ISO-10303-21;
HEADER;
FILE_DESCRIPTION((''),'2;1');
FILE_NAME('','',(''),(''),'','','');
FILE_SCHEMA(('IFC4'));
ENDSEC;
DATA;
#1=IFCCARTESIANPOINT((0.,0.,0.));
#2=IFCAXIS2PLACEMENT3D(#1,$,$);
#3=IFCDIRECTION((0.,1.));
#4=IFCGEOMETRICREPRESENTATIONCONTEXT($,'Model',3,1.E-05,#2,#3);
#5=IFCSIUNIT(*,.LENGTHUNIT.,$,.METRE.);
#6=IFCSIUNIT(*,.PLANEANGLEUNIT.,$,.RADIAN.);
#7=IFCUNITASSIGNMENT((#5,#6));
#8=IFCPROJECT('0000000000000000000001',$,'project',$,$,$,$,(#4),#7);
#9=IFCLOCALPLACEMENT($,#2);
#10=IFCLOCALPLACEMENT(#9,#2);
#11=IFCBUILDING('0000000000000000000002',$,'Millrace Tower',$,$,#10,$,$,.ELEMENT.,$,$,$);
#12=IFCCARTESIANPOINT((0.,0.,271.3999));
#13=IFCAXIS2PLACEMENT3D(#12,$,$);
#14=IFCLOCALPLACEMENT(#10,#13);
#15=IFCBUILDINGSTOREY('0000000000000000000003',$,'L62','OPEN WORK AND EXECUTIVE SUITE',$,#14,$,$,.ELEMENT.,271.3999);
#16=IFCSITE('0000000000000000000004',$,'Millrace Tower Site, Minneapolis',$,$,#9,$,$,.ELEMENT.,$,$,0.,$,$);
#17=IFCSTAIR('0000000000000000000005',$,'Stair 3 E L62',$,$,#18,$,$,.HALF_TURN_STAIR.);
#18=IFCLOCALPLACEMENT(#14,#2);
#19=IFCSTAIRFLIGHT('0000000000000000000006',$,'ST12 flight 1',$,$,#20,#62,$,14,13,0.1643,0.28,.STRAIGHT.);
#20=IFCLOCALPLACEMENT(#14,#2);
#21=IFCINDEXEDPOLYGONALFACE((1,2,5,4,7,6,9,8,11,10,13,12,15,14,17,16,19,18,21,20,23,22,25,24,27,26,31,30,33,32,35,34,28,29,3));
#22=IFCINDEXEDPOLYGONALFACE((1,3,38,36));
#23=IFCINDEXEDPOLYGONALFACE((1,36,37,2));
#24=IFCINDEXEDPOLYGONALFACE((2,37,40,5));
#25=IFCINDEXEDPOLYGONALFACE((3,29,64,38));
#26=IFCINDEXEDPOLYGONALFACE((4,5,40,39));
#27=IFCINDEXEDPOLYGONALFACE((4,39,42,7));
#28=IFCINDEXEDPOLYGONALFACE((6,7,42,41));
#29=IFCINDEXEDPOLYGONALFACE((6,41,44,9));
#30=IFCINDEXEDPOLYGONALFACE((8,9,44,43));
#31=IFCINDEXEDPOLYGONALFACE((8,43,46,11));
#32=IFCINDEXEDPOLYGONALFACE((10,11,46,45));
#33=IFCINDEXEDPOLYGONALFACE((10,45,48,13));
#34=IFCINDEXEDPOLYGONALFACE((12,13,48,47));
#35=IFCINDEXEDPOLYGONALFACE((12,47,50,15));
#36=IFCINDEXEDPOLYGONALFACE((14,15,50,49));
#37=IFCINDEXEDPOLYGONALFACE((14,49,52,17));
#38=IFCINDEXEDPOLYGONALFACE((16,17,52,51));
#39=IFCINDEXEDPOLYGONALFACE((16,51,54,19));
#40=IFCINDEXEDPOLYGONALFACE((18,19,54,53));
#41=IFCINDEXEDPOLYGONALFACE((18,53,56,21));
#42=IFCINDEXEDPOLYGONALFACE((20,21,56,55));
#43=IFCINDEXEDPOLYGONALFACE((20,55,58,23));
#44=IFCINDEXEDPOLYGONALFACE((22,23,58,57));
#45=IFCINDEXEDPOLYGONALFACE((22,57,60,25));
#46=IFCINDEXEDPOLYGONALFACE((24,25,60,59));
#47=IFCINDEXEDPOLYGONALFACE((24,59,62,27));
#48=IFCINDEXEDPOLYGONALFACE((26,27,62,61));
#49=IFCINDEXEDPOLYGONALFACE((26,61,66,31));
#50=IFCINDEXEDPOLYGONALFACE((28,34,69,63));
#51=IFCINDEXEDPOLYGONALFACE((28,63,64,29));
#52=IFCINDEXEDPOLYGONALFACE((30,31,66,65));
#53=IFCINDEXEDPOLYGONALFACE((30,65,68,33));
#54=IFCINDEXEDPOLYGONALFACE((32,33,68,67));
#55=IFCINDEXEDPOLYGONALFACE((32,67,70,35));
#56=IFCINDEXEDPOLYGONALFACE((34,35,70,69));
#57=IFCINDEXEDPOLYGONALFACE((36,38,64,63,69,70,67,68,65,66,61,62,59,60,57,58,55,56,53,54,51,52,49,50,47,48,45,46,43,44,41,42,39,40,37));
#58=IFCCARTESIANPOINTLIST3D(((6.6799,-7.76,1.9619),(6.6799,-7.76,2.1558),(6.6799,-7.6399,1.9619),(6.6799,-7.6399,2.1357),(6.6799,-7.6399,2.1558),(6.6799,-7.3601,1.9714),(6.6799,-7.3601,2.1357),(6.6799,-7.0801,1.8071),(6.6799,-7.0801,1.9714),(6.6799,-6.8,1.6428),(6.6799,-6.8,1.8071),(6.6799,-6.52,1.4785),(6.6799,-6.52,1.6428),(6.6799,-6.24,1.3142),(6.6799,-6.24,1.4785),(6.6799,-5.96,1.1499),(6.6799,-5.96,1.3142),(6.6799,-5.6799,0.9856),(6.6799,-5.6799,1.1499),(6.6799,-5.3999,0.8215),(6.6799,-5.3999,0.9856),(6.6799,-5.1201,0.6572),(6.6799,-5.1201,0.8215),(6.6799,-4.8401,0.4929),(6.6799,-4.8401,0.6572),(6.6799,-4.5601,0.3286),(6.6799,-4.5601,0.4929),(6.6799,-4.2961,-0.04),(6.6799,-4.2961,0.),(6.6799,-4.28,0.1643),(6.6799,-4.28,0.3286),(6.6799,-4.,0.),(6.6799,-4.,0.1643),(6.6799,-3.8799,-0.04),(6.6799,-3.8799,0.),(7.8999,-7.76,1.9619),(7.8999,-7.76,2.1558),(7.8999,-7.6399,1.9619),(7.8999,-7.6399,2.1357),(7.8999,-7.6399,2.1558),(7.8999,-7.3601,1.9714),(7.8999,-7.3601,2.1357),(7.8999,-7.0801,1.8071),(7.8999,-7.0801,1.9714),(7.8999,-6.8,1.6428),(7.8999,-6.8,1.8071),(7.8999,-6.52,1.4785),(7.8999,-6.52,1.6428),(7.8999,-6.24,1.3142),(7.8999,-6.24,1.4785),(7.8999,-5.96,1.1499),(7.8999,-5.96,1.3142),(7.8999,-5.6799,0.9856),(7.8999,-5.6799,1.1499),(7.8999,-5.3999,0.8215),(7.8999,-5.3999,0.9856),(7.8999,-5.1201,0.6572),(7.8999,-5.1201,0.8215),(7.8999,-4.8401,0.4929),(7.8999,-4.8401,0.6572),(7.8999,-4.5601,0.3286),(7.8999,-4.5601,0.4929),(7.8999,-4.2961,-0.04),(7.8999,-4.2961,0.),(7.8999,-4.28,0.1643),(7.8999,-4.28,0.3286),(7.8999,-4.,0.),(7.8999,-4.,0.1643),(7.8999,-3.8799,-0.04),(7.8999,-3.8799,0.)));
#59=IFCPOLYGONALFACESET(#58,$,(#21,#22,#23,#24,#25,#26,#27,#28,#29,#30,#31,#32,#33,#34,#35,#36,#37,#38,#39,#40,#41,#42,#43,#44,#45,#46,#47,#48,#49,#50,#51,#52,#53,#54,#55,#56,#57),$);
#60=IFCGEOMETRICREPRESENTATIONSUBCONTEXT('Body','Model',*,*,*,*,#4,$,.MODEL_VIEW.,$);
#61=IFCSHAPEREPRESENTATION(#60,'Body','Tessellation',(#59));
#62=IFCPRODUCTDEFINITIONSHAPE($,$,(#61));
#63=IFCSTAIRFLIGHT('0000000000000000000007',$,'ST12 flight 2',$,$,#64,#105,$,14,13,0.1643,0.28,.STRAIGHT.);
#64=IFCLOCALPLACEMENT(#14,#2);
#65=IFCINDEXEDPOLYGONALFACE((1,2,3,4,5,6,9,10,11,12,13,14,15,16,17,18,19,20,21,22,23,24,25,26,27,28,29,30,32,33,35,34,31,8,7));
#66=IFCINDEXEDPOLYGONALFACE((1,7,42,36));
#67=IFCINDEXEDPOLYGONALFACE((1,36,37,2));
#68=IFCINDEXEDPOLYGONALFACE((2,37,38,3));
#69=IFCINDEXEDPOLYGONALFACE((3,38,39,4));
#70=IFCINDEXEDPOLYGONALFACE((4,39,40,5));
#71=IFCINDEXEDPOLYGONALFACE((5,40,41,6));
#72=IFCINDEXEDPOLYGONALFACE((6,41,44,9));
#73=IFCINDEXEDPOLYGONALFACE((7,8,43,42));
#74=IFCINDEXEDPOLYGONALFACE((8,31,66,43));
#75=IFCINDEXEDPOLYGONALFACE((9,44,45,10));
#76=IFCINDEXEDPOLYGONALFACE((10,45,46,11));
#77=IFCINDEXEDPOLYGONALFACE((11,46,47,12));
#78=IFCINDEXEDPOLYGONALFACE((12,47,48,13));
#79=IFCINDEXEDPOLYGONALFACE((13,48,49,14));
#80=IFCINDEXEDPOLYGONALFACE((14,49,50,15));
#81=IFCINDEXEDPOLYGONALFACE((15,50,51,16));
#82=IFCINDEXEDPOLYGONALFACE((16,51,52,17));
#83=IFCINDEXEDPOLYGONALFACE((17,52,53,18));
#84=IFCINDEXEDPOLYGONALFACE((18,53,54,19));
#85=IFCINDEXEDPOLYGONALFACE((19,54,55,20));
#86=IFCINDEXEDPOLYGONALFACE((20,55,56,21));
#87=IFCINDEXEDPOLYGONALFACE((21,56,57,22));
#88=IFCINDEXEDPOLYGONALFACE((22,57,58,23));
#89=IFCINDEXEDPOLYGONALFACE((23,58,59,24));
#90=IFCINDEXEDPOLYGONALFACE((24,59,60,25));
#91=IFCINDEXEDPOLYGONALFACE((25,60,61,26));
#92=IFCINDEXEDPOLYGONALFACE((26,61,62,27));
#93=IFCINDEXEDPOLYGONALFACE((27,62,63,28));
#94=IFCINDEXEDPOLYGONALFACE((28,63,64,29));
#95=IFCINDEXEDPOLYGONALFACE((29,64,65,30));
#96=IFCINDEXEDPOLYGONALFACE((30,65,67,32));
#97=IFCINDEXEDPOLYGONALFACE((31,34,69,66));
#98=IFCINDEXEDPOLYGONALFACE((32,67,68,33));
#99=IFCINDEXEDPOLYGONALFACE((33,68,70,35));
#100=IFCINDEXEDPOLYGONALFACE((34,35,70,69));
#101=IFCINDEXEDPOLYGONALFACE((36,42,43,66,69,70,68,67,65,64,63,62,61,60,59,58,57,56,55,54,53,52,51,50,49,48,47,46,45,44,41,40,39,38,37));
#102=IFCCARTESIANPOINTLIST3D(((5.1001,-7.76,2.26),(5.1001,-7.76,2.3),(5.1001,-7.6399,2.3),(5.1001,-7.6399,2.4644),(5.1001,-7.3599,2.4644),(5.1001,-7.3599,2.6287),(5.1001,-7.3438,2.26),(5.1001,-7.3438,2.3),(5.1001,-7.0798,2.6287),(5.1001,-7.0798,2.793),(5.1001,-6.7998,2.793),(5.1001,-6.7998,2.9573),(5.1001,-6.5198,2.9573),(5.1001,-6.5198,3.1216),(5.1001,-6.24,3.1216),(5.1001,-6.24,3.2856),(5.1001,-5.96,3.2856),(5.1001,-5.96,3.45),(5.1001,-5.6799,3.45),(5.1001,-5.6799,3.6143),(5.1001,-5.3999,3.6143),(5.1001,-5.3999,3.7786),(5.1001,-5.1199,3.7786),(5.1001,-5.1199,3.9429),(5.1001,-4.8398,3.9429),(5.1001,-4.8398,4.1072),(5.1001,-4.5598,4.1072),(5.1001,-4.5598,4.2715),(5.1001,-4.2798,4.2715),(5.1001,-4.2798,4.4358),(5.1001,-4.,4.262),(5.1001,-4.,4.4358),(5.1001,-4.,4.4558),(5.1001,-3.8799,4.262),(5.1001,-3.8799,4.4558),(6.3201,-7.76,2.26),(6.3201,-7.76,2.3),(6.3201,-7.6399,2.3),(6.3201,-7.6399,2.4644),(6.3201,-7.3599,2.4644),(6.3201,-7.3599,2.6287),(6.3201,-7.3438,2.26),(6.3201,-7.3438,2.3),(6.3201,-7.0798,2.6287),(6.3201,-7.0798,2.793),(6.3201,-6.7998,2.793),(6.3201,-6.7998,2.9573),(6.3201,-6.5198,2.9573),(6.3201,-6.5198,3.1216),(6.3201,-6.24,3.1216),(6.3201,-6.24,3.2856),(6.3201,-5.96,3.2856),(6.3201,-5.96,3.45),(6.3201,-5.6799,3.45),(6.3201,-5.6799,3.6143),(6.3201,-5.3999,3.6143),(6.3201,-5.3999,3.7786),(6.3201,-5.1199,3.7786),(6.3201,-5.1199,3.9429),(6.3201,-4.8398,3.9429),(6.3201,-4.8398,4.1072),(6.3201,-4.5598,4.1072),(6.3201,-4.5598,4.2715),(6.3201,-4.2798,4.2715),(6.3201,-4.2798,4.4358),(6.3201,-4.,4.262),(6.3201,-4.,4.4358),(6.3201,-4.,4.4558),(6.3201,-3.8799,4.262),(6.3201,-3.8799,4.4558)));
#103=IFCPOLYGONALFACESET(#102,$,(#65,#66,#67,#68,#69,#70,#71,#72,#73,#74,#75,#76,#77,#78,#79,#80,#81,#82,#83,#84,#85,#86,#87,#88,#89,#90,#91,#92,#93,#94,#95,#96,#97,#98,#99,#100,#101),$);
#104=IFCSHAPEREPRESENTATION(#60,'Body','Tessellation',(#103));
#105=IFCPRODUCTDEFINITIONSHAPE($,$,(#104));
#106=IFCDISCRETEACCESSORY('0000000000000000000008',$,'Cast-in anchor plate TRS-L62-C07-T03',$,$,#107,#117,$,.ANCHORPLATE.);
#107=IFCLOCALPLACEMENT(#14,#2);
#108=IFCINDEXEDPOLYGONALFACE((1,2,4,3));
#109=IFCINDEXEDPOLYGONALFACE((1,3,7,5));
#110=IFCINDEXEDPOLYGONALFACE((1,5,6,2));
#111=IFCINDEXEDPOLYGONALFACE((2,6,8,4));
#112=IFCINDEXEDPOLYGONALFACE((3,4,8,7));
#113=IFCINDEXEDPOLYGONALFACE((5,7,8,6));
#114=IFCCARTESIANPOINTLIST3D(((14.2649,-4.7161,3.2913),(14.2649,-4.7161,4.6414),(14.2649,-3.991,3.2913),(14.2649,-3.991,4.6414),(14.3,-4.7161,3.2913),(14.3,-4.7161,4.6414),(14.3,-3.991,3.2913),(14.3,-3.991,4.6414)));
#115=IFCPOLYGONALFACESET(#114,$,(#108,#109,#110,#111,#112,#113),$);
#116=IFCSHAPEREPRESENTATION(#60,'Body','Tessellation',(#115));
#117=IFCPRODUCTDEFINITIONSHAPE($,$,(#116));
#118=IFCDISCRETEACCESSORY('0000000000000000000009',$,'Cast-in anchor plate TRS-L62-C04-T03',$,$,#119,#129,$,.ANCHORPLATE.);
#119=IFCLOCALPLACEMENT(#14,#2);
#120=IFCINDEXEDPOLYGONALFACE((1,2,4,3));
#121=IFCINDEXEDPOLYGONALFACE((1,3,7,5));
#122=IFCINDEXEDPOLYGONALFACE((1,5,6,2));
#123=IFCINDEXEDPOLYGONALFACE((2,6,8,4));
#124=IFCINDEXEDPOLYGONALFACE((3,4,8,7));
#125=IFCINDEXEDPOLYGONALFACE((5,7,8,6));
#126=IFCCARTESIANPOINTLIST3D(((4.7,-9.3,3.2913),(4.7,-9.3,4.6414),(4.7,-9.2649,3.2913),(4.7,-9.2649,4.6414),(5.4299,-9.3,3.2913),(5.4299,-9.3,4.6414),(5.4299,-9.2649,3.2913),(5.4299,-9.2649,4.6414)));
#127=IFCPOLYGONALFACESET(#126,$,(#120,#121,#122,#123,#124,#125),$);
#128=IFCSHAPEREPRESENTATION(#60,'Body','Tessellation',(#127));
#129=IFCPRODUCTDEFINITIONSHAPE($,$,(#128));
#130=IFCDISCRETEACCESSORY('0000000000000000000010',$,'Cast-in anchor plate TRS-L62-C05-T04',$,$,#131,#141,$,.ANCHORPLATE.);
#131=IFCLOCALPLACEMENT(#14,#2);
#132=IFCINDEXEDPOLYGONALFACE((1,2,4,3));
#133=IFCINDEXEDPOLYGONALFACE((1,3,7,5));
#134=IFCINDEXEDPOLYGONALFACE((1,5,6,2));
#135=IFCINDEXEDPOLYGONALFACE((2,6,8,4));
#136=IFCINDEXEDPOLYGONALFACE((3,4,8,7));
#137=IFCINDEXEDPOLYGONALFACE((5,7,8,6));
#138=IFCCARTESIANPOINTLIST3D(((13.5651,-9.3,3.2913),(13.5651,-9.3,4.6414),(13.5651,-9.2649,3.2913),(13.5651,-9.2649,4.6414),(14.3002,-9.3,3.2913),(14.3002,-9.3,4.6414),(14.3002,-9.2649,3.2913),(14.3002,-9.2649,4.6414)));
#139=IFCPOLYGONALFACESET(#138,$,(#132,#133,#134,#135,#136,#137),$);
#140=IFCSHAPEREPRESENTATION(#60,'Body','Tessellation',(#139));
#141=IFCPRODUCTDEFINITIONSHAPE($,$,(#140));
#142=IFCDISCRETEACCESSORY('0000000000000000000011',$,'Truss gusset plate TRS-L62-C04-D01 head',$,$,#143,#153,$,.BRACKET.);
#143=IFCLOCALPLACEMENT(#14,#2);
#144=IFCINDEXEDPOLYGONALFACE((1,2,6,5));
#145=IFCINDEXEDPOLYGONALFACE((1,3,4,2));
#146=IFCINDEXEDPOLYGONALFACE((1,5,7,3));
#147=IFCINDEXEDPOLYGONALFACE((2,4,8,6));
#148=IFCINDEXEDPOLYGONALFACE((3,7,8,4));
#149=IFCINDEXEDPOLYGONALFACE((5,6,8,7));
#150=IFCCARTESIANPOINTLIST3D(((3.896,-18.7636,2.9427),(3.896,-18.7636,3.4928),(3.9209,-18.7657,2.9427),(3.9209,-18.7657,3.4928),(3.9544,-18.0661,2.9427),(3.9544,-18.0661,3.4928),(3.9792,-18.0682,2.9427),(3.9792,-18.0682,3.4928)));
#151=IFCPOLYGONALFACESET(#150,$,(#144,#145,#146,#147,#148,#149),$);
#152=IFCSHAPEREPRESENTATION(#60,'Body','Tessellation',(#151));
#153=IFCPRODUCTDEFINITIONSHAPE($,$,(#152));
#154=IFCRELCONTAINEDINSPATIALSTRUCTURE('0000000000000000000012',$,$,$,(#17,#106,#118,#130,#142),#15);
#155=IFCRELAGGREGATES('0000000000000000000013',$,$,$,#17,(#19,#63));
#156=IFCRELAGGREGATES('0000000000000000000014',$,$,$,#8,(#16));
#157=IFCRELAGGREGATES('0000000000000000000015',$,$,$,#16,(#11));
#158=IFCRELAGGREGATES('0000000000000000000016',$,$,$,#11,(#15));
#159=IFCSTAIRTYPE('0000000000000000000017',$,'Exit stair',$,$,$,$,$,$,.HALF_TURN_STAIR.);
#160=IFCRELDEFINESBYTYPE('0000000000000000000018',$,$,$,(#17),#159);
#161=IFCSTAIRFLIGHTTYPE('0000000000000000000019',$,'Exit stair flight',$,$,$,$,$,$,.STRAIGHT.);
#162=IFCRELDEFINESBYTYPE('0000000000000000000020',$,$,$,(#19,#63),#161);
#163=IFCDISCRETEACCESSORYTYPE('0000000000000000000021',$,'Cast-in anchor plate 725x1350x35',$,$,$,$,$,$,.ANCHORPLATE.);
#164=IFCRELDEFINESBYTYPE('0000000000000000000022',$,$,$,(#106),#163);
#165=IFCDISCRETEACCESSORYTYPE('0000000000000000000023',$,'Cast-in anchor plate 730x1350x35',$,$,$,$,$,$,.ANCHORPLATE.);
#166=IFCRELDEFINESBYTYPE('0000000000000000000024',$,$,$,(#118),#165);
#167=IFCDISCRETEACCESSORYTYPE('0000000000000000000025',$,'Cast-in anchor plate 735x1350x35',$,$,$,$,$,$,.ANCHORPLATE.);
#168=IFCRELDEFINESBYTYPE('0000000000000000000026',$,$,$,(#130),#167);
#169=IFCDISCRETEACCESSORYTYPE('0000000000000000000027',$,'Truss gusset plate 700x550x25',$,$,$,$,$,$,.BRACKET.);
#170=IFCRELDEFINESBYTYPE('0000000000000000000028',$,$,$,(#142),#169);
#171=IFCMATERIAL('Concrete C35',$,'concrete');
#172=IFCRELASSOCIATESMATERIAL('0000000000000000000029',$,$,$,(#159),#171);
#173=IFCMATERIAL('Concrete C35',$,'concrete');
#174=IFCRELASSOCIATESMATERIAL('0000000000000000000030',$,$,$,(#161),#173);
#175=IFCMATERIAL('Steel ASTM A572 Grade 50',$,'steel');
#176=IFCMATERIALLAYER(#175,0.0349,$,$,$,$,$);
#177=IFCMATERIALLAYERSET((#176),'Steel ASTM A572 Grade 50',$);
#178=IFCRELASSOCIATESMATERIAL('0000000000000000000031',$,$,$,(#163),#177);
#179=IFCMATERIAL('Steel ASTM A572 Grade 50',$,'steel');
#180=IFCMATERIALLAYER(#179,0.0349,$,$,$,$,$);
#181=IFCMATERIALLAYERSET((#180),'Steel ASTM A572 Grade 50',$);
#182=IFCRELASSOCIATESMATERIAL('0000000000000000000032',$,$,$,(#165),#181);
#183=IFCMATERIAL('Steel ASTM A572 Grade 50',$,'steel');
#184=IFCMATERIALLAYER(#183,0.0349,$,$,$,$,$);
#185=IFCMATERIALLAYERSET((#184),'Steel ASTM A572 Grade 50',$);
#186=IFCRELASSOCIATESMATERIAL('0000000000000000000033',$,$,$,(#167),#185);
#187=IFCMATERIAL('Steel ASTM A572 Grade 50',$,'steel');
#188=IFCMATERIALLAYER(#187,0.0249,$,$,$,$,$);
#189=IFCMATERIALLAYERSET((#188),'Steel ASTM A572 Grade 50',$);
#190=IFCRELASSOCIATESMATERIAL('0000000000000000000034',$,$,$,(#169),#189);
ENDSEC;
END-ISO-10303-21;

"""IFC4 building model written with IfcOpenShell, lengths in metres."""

from ifc_helpers import new_model, si_unit, direction, frame, origin, origin_2d, place, context, subcontext, project, spatial, polyline, rectangle, outline, extrude, material, layer, layer_set, type_object, element, aggregate, save


model = new_model("IFC4")

# Units and contexts
model_context = context("Model", 3, precision=1e-05, world=origin(), true_north=direction((0.0, 1.0)))
body_context = subcontext(model_context, "Body", "Model", "MODEL_VIEW")
ifc_project = project(units=[si_unit("LENGTHUNIT", "METRE"), si_unit("PLANEANGLEUNIT", "RADIAN")], contexts=[model_context])

# Site, building, storey
site_placement = place(None, origin())
site = spatial("IfcSite", under=ifc_project, at=site_placement, Name="Millrace Tower Site, Minneapolis", CompositionType="ELEMENT", RefElevation=0.0)
building_placement = place(site_placement, origin())
building = spatial("IfcBuilding", under=site, at=building_placement, Name="Millrace Tower", CompositionType="ELEMENT")
storey_placement = place(building_placement, frame((0.0, 0.0, 271.3999)))
storey = spatial("IfcBuildingStorey", under=building, at=storey_placement, Name="L62", Description="OPEN WORK AND EXECUTIVE SUITE", CompositionType="ELEMENT", Elevation=271.3999)

# Shared definitions
placement = place(storey_placement, origin())

# Shared definitions
ifc_material_1 = material(Name="Concrete C35", Category="concrete")
stair_type = type_object("IfcStairType", Name="Exit stair", PredefinedType="HALF_TURN_STAIR", material=ifc_material_1)
ifc_material_2 = material(Name="Concrete C35", Category="concrete")
stair_flight_type = type_object("IfcStairFlightType", Name="Exit stair flight", PredefinedType="STRAIGHT", material=ifc_material_2)

# Stair, stair flights
stair_1 = element("IfcStair", 1, at=placement, inside=storey, type_object=stair_type, Name="Stair 3 E L62", PredefinedType="HALF_TURN_STAIR")
stair_flight_1_placement = place(storey_placement, frame((7.29, -4.0, 0.0), z_axis=(0.0, 0.0, 1.0), x_axis=(0.0, -1.0, 0.0)))
stair_flight_1 = element("IfcStairFlight", 2, at=stair_flight_1_placement, type_object=stair_flight_type, Name="ST12 flight 1", NumberOfRisers=14, NumberOfTreads=13, PredefinedType="STRAIGHT", RiserHeight=0.1643, TreadLength=0.28, context=body_context, shape_type="SweptSolid", body=[
    extrude(outline(polyline([(-0.1201, -0.04), (-0.1201, 0.0), (0.0, 0.0), (0.0, 0.1643), (0.28, 0.1643), (0.28, 0.3286), (0.5601, 0.3286), (0.5601, 0.4929), (0.8401, 0.4929), (0.8401, 0.6572), (1.1201, 0.6572), (1.1201, 0.8215), (1.3999, 0.8215), (1.3999, 0.9856), (1.6799, 0.9856), (1.6799, 1.1499), (1.96, 1.1499), (1.96, 1.3142), (2.24, 1.3142), (2.24, 1.4785), (2.52, 1.4785), (2.52, 1.6428), (2.8, 1.6428), (2.8, 1.8071), (3.0801, 1.8071), (3.0801, 1.9714), (3.3601, 1.9714), (3.3601, 2.1357), (3.6399, 2.1357), (3.6399, 2.1558), (3.76, 2.1558), (3.76, 1.9619), (3.6399, 1.9619), (0.2961, 0.0), (0.2961, -0.04), (-0.1201, -0.04)])), frame((0.0, 0.6099, 0.0), z_axis=(0.0, -1.0, 0.0), x_axis=(1.0, 0.0, 0.0)), (0.0, 0.0, 1.0), 1.22),
])
stair_flight_2_placement = place(storey_placement, frame((5.71, -7.6399, 2.3), z_axis=(0.0, 0.0, 1.0), x_axis=(0.0, 1.0, 0.0)))
stair_flight_2 = element("IfcStairFlight", 3, at=stair_flight_2_placement, type_object=stair_flight_type, Name="ST12 flight 2", NumberOfRisers=14, NumberOfTreads=13, PredefinedType="STRAIGHT", RiserHeight=0.1643, TreadLength=0.28, context=body_context, shape_type="SweptSolid", body=[
    extrude(outline(polyline([(-0.1201, -0.04), (-0.1201, 0.0), (0.0, 0.0), (0.0, 0.1643), (0.28, 0.1643), (0.28, 0.3286), (0.5601, 0.3286), (0.5601, 0.4929), (0.8401, 0.4929), (0.8401, 0.6572), (1.1201, 0.6572), (1.1201, 0.8215), (1.3999, 0.8215), (1.3999, 0.9856), (1.6799, 0.9856), (1.6799, 1.1499), (1.96, 1.1499), (1.96, 1.3142), (2.24, 1.3142), (2.24, 1.4785), (2.52, 1.4785), (2.52, 1.6428), (2.8, 1.6428), (2.8, 1.8071), (3.0801, 1.8071), (3.0801, 1.9714), (3.3601, 1.9714), (3.3601, 2.1357), (3.6399, 2.1357), (3.6399, 2.1558), (3.76, 2.1558), (3.76, 1.9619), (3.6399, 1.9619), (0.2961, 0.0), (0.2961, -0.04), (-0.1201, -0.04)])), frame((0.0, 0.6099, 0.0), z_axis=(0.0, -1.0, 0.0), x_axis=(1.0, 0.0, 0.0)), (0.0, 0.0, 1.0), 1.22),
])
aggregate(stair_1, [stair_flight_1, stair_flight_2])

# Discrete accessories
ifc_material_3 = material(Name="Steel ASTM A572 Grade 50", Category="steel")
ifc_layer_1 = layer(ifc_material_3, 0.0349)
ifc_layer_set_1 = layer_set([ifc_layer_1], Name="Steel ASTM A572 Grade 50")
discrete_accessory_type_1 = type_object("IfcDiscreteAccessoryType", Name="Cast-in anchor plate 725x1350x35", PredefinedType="ANCHORPLATE", material=ifc_layer_set_1)
discrete_accessory_1_placement = place(storey_placement, frame((14.2649, -4.3535, 3.9663), z_axis=(1.0, 0.0, 0.0), x_axis=(0.0, 1.0, 0.0)))
element("IfcDiscreteAccessory", 4, at=discrete_accessory_1_placement, inside=storey, type_object=discrete_accessory_type_1, Name="Cast-in anchor plate TRS-L62-C07-T03", PredefinedType="ANCHORPLATE", context=body_context, shape_type="SweptSolid", body=[
    extrude(rectangle(XDim=0.7251, YDim=1.3501, at=origin_2d()), origin(), (0.0, 0.0, 1.0), 0.0352),
])
ifc_material_4 = material(Name="Steel ASTM A572 Grade 50", Category="steel")
ifc_layer_2 = layer(ifc_material_4, 0.0349)
ifc_layer_set_2 = layer_set([ifc_layer_2], Name="Steel ASTM A572 Grade 50")
discrete_accessory_type_2 = type_object("IfcDiscreteAccessoryType", Name="Cast-in anchor plate 730x1350x35", PredefinedType="ANCHORPLATE", material=ifc_layer_set_2)
discrete_accessory_2_placement = place(storey_placement, frame((5.0649, -9.2649, 3.9663), z_axis=(0.0, -1.0, 0.0), x_axis=(1.0, 0.0, 0.0)))
element("IfcDiscreteAccessory", 5, at=discrete_accessory_2_placement, inside=storey, type_object=discrete_accessory_type_2, Name="Cast-in anchor plate TRS-L62-C04-T03", PredefinedType="ANCHORPLATE", context=body_context, shape_type="SweptSolid", body=[
    extrude(rectangle(XDim=0.73, YDim=1.3501, at=origin_2d()), origin(), (0.0, 0.0, 1.0), 0.0352),
])
ifc_material_5 = material(Name="Steel ASTM A572 Grade 50", Category="steel")
ifc_layer_3 = layer(ifc_material_5, 0.0349)
ifc_layer_set_3 = layer_set([ifc_layer_3], Name="Steel ASTM A572 Grade 50")
discrete_accessory_type_3 = type_object("IfcDiscreteAccessoryType", Name="Cast-in anchor plate 735x1350x35", PredefinedType="ANCHORPLATE", material=ifc_layer_set_3)
discrete_accessory_3_placement = place(storey_placement, frame((13.9326, -9.2649, 3.9663), z_axis=(0.0, -1.0, 0.0), x_axis=(1.0, 0.0, 0.0)))
element("IfcDiscreteAccessory", 6, at=discrete_accessory_3_placement, inside=storey, type_object=discrete_accessory_type_3, Name="Cast-in anchor plate TRS-L62-C05-T04", PredefinedType="ANCHORPLATE", context=body_context, shape_type="SweptSolid", body=[
    extrude(rectangle(XDim=0.7351, YDim=1.3501, at=origin_2d()), origin(), (0.0, 0.0, 1.0), 0.0352),
])
ifc_material_6 = material(Name="Steel ASTM A572 Grade 50", Category="steel")
ifc_layer_4 = layer(ifc_material_6, 0.0249)
ifc_layer_set_4 = layer_set([ifc_layer_4], Name="Steel ASTM A572 Grade 50")
discrete_accessory_type_4 = type_object("IfcDiscreteAccessoryType", Name="Truss gusset plate 700x550x25", PredefinedType="BRACKET", material=ifc_layer_set_4)
discrete_accessory_4_placement = place(storey_placement, frame((3.9084, -18.7646, 3.2178), z_axis=(0.083363, 0.996519, 0.0), x_axis=(-0.996519, 0.083363, 0.0)))
element("IfcDiscreteAccessory", 7, at=discrete_accessory_4_placement, inside=storey, type_object=discrete_accessory_type_4, Name="Truss gusset plate TRS-L62-C04-D01 head", PredefinedType="BRACKET", context=body_context, shape_type="SweptSolid", body=[
    extrude(rectangle(XDim=0.0249, YDim=0.55, at=origin_2d()), origin(), (0.0, 0.0, 1.0), 0.7),
])

save(model, "model.ifc")
